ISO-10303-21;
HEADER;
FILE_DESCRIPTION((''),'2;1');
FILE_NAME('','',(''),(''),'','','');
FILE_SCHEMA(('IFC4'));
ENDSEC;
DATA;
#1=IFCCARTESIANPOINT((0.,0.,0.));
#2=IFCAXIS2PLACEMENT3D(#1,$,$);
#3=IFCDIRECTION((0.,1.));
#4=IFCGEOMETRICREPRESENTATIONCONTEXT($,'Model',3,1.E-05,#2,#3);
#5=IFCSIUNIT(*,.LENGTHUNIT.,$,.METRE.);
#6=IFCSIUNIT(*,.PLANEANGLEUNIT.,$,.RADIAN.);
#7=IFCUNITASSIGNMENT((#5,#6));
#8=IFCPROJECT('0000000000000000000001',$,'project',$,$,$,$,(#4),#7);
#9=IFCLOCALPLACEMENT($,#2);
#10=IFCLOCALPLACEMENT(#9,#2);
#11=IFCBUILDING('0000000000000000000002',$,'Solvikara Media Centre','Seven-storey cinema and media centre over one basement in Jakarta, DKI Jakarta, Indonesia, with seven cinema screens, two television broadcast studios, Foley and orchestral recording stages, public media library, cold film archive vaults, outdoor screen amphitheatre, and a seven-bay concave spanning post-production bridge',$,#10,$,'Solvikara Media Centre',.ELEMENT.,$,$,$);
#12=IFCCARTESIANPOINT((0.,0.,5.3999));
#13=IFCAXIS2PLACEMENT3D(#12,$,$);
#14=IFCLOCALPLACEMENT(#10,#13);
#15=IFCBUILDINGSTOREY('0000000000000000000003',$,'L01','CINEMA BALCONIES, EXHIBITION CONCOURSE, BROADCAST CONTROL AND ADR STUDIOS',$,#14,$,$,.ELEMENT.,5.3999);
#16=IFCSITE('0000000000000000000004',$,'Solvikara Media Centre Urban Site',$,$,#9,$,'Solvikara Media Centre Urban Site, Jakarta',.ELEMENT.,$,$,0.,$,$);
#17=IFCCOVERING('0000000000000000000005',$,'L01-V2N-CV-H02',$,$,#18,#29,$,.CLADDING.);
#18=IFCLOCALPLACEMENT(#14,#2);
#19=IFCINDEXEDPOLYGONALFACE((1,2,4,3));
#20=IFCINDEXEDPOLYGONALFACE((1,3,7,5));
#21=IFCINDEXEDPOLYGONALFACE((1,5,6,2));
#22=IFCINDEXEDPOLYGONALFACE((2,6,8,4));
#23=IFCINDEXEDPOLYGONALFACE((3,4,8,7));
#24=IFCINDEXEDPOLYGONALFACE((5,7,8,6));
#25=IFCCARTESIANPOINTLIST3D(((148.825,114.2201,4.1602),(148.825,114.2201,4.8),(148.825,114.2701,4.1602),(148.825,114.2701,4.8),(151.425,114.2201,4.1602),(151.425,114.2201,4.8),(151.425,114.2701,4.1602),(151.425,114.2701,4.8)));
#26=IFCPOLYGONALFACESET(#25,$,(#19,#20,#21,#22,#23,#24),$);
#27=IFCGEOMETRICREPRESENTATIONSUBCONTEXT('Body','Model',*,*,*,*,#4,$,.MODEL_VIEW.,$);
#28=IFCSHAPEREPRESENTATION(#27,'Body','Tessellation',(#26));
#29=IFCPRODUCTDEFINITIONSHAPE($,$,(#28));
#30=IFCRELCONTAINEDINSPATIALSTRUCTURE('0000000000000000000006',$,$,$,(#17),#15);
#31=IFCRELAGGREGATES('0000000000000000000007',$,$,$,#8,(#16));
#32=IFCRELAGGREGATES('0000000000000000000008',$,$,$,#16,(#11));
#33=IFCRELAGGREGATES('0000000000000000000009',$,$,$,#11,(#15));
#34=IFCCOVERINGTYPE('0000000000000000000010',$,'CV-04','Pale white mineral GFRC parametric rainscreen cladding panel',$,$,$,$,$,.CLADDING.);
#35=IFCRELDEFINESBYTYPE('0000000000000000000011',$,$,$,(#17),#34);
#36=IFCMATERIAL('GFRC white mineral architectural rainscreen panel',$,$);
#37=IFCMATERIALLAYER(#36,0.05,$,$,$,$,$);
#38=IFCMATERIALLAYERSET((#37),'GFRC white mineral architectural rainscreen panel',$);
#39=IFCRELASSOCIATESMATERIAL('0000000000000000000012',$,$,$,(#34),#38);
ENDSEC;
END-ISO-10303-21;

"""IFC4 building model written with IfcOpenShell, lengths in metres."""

from ifc_helpers import new_model, si_unit, direction, frame, origin, origin_2d, place, context, subcontext, project, spatial, rectangle, extrude, material, layer, layer_set, type_object, element, save


model = new_model("IFC4")

# Units and contexts
model_context = context("Model", 3, precision=1e-05, world=origin(), true_north=direction((0.0, 1.0)))
body_context = subcontext(model_context, "Body", "Model", "MODEL_VIEW")
ifc_project = project(units=[si_unit("LENGTHUNIT", "METRE"), si_unit("PLANEANGLEUNIT", "RADIAN")], contexts=[model_context])

# Site, building, storey
site_placement = place(None, origin())
site = spatial("IfcSite", under=ifc_project, at=site_placement, Name="Solvikara Media Centre Urban Site", LongName="Solvikara Media Centre Urban Site, Jakarta", CompositionType="ELEMENT", RefElevation=0.0)
building_placement = place(site_placement, origin())
building = spatial("IfcBuilding", under=site, at=building_placement, Name="Solvikara Media Centre", Description="Seven-storey cinema and media centre over one basement in Jakarta, DKI Jakarta, Indonesia, with seven cinema screens, two television broadcast studios, Foley and orchestral recording stages, public media library, cold film archive vaults, outdoor screen amphitheatre, and a seven-bay concave spanning post-production bridge", LongName="Solvikara Media Centre", CompositionType="ELEMENT")
storey_placement = place(building_placement, frame((0.0, 0.0, 5.3999)))
storey = spatial("IfcBuildingStorey", under=building, at=storey_placement, Name="L01", Description="CINEMA BALCONIES, EXHIBITION CONCOURSE, BROADCAST CONTROL AND ADR STUDIOS", CompositionType="ELEMENT", Elevation=5.3999)

# Covering
ifc_material_1 = material(Name="GFRC white mineral architectural rainscreen panel")
ifc_layer_1 = layer(ifc_material_1, 0.05)
ifc_layer_set_1 = layer_set([ifc_layer_1], Name="GFRC white mineral architectural rainscreen panel")
covering_type = type_object("IfcCoveringType", Name="CV-04", Description="Pale white mineral GFRC parametric rainscreen cladding panel", PredefinedType="CLADDING", material=ifc_layer_set_1)
covering_1_placement = place(storey_placement, frame((150.125, 114.2451, 4.1602), z_axis=(0.0, 0.0, 1.0), x_axis=(1.0, 0.0, 0.0)))
element("IfcCovering", 1, at=covering_1_placement, inside=storey, type_object=covering_type, Name="L01-V2N-CV-H02", PredefinedType="CLADDING", context=body_context, shape_type="SweptSolid", body=[
    extrude(rectangle(XDim=2.6001, YDim=0.05, at=origin_2d()), origin(), (0.0, 0.0, 1.0), 0.6399),
])

save(model, "model.ifc")
